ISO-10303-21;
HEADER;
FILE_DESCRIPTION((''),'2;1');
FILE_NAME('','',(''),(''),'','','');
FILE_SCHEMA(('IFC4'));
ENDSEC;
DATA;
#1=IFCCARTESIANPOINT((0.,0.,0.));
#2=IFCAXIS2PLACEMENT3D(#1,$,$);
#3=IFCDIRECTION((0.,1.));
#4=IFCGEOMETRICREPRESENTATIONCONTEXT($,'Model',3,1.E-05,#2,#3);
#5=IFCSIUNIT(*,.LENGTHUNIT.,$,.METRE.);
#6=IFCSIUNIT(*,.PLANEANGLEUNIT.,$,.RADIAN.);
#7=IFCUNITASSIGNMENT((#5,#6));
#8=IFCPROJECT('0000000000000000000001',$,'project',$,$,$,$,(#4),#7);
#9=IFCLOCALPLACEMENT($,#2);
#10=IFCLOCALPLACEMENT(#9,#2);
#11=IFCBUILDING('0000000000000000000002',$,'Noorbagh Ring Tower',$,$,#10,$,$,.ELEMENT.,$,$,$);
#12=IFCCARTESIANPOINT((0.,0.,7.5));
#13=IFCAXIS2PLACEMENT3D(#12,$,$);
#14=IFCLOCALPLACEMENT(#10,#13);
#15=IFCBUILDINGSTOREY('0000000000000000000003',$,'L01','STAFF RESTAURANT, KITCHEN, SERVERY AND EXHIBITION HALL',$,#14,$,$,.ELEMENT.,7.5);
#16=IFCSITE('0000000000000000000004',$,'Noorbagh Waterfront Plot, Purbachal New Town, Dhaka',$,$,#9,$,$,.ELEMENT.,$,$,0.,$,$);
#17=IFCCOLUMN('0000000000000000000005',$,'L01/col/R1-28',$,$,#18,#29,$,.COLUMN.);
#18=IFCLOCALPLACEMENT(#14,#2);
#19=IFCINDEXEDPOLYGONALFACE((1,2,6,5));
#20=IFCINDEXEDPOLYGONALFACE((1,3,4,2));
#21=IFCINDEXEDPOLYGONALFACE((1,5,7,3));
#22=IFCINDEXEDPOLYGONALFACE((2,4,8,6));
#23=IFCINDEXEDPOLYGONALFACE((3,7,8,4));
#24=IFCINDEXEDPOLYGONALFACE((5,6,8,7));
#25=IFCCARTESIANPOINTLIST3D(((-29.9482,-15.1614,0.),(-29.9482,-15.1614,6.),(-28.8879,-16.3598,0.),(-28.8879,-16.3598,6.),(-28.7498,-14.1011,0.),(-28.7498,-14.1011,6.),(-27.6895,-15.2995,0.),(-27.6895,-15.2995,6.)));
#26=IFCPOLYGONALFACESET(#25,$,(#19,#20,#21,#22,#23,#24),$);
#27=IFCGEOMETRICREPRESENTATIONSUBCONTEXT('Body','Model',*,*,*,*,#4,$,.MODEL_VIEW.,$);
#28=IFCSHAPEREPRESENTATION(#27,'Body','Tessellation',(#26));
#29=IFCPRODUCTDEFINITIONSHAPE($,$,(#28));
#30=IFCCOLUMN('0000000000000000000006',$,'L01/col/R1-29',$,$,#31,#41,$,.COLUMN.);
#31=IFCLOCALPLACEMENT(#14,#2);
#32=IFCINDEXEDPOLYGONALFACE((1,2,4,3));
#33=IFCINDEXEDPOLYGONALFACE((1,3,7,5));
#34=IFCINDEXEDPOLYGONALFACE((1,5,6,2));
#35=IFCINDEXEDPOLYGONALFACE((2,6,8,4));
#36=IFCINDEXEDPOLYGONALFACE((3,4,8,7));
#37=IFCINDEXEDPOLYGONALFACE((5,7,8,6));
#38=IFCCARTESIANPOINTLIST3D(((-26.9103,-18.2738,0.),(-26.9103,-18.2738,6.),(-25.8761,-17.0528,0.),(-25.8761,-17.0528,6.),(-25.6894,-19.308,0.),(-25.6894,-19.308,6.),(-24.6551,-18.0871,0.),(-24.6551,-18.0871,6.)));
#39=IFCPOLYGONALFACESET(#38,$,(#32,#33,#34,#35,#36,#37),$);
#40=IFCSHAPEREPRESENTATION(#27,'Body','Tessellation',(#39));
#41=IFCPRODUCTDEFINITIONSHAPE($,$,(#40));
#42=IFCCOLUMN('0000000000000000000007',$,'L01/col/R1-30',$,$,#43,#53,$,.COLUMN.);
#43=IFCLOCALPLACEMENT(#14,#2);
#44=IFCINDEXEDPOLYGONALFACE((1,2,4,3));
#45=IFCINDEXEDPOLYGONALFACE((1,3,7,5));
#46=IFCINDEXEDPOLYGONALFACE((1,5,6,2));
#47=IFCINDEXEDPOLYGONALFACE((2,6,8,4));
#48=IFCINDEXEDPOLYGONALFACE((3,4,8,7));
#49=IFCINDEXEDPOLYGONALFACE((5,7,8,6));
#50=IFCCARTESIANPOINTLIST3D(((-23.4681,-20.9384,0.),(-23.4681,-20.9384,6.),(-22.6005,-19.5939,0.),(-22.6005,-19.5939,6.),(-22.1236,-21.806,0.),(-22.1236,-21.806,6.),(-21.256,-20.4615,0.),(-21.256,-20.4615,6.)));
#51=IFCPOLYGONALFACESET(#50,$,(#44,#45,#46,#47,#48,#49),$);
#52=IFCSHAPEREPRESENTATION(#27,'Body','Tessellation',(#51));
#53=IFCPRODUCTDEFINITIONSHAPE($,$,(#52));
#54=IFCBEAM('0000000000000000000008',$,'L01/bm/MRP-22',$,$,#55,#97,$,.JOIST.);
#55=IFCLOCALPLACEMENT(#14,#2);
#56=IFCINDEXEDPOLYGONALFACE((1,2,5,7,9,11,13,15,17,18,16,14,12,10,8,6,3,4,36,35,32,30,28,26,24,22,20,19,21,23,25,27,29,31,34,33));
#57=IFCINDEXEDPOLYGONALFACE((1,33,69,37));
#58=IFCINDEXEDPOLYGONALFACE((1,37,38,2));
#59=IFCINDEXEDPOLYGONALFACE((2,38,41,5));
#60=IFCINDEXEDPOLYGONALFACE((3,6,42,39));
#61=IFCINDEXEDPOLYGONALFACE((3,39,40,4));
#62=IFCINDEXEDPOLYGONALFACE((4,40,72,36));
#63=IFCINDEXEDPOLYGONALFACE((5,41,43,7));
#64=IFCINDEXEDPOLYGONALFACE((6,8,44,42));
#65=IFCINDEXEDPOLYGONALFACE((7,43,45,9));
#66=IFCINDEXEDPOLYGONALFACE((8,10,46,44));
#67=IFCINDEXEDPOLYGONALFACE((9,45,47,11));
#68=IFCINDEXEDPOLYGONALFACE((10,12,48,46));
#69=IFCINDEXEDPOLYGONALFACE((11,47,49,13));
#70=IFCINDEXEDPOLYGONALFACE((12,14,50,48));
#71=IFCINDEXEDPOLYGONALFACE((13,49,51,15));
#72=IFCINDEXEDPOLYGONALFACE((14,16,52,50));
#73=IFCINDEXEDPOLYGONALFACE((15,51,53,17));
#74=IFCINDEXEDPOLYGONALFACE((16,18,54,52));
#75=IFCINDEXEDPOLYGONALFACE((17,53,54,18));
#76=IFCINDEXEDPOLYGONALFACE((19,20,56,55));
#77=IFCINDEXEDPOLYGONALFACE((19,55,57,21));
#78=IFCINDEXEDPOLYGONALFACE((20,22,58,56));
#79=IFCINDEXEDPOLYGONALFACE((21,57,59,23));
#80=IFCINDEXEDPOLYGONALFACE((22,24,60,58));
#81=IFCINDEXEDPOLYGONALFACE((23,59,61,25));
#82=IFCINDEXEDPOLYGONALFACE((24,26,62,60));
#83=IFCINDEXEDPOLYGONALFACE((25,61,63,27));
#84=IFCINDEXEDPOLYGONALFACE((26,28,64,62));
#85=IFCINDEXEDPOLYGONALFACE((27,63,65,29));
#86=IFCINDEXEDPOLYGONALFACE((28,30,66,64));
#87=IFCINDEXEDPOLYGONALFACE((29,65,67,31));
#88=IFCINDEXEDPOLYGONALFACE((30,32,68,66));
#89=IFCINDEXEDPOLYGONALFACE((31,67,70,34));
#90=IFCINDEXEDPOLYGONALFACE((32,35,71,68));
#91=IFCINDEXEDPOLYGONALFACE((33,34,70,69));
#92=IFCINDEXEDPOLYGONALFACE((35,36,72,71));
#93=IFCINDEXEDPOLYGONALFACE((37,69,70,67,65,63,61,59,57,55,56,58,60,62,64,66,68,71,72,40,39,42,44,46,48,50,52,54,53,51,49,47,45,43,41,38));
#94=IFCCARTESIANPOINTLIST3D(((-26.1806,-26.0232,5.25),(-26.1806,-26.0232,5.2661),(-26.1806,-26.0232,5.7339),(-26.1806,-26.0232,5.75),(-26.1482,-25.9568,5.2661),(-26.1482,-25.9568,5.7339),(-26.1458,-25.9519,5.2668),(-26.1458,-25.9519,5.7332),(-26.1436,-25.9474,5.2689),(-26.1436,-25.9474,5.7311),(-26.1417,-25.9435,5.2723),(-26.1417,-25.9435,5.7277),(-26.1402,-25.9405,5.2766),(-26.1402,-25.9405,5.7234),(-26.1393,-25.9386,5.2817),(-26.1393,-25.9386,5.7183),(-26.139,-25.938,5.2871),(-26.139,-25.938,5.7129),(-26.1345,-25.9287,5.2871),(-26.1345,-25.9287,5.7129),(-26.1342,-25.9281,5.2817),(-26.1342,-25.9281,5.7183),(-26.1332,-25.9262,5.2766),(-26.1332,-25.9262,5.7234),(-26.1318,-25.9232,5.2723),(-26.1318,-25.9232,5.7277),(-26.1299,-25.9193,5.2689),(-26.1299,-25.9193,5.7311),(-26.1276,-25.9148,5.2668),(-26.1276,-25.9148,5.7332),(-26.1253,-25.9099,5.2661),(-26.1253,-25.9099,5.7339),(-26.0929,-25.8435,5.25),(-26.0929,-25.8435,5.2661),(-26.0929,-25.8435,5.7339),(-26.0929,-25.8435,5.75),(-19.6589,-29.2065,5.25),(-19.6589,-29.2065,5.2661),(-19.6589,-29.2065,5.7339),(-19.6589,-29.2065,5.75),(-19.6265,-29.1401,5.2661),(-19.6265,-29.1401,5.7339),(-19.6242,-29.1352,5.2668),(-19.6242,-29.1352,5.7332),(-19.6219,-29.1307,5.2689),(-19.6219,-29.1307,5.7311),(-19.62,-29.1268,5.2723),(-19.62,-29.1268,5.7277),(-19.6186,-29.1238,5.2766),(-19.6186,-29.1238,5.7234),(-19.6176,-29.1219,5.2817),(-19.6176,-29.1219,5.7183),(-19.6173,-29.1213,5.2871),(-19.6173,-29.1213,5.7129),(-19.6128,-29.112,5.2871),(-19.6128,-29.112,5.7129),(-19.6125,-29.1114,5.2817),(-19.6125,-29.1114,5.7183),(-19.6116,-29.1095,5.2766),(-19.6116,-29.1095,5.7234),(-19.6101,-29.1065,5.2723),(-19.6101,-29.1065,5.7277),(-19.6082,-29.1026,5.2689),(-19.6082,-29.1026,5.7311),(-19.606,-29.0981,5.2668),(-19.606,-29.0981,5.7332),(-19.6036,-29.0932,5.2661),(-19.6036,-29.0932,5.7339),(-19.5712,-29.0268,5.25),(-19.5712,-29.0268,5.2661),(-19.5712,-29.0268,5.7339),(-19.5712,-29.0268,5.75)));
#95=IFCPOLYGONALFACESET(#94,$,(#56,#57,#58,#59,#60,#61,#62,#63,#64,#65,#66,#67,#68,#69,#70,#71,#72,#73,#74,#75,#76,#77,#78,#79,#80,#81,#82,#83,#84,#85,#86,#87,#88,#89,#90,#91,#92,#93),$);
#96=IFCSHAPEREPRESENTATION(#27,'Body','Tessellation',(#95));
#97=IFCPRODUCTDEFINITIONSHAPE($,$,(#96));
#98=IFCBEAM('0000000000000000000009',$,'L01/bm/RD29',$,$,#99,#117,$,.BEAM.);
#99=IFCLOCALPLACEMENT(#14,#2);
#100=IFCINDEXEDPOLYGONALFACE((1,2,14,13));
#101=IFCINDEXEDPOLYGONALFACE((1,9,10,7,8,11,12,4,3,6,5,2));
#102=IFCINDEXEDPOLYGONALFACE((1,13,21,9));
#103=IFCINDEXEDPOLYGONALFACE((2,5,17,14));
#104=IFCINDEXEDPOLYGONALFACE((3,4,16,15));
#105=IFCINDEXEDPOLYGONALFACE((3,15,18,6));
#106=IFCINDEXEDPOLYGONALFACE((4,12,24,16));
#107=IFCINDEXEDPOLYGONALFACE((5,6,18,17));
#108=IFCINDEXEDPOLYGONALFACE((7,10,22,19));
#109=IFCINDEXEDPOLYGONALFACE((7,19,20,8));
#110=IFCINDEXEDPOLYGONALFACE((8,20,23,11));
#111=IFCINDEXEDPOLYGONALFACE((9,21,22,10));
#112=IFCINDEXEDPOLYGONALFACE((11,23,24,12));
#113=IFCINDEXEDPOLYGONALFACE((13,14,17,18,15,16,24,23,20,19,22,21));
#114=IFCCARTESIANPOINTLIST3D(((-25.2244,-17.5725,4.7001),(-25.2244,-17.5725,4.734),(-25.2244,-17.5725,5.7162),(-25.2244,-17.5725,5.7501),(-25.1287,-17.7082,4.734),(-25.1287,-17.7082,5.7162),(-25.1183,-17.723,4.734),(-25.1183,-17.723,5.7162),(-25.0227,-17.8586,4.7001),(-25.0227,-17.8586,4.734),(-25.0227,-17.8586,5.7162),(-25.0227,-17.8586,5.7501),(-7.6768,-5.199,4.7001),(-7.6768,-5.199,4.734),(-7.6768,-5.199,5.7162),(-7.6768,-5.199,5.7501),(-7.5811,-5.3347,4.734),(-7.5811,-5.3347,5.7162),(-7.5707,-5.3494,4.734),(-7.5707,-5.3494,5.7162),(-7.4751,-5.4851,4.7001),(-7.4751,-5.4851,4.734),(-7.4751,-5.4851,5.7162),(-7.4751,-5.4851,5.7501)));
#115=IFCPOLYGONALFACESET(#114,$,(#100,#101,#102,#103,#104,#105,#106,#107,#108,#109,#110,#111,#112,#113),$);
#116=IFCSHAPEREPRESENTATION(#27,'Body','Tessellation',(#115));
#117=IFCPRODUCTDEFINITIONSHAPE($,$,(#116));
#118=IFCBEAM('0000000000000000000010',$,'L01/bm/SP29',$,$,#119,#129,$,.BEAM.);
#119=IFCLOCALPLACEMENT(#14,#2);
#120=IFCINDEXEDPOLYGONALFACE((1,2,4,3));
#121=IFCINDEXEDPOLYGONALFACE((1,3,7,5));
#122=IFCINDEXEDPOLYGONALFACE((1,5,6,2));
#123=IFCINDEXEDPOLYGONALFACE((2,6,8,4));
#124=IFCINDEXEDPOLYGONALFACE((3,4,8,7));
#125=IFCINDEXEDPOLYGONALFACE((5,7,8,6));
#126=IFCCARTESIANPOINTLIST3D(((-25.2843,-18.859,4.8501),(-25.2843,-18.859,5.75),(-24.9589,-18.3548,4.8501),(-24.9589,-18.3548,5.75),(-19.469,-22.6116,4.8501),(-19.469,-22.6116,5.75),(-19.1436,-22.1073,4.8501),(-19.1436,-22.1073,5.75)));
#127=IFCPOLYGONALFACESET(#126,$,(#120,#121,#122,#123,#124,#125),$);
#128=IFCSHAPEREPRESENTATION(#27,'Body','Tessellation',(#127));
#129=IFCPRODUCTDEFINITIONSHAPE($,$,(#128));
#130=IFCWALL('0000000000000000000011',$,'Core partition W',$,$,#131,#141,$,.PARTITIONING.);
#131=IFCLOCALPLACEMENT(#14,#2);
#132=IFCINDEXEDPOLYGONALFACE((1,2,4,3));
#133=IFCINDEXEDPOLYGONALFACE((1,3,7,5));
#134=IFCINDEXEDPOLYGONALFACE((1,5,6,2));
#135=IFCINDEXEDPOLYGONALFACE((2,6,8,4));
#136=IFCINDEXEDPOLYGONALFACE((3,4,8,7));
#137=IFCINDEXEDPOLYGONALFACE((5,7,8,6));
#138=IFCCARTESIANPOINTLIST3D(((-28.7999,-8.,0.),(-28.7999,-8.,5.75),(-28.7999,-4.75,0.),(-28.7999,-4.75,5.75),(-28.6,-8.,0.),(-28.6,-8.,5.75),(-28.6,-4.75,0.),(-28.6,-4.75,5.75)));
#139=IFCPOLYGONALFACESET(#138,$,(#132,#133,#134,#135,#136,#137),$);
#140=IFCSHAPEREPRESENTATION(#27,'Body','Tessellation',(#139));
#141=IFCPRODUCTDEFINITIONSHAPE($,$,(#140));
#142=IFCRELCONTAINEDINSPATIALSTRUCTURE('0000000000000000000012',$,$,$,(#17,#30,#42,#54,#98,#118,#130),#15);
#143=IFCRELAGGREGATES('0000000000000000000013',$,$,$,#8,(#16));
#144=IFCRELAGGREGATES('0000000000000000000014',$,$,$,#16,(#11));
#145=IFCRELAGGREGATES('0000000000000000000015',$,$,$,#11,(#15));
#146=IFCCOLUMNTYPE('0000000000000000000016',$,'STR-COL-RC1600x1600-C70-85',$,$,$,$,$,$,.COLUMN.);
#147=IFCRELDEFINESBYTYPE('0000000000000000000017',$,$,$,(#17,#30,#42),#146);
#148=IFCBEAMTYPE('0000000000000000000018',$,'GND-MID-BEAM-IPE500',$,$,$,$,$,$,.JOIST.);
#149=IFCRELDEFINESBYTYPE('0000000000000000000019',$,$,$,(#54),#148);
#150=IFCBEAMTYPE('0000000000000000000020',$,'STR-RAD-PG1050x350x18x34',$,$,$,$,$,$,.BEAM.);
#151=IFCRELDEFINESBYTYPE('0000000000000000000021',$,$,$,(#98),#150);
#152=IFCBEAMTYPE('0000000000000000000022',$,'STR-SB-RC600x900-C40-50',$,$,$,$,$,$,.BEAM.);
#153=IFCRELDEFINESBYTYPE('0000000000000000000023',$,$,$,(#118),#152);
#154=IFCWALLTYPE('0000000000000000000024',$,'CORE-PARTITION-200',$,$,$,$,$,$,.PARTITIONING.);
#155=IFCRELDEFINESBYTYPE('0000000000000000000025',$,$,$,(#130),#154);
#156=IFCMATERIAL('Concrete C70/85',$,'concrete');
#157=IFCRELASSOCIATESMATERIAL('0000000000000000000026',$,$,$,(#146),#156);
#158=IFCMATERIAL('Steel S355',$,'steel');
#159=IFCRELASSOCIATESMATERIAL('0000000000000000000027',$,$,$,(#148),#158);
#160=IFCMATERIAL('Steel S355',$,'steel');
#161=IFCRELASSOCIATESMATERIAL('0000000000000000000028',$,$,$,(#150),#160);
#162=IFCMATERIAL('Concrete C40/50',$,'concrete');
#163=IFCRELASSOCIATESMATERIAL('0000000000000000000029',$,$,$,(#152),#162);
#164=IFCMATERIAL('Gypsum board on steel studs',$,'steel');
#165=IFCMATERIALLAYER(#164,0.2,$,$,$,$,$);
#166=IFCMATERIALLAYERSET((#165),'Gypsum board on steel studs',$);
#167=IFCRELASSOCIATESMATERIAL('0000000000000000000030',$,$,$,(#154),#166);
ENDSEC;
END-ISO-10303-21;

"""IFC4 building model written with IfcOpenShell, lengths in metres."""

from ifc_helpers import new_model, si_unit, direction, frame, frame_2d, origin, origin_2d, place, context, subcontext, project, spatial, rectangle, i_section, extrude, material, layer, layer_set, material_profile, profile_set, type_object, element, save


model = new_model("IFC4")

# Units and contexts
model_context = context("Model", 3, precision=1e-05, world=origin(), true_north=direction((0.0, 1.0)))
body_context = subcontext(model_context, "Body", "Model", "MODEL_VIEW")
ifc_project = project(units=[si_unit("LENGTHUNIT", "METRE"), si_unit("PLANEANGLEUNIT", "RADIAN")], contexts=[model_context])

# Site, building, storey
site_placement = place(None, origin())
site = spatial("IfcSite", under=ifc_project, at=site_placement, Name="Noorbagh Waterfront Plot, Purbachal New Town, Dhaka", CompositionType="ELEMENT", RefElevation=0.0)
building_placement = place(site_placement, origin())
building = spatial("IfcBuilding", under=site, at=building_placement, Name="Noorbagh Ring Tower", CompositionType="ELEMENT")
storey_placement = place(building_placement, frame((0.0, 0.0, 7.5)))
storey = spatial("IfcBuildingStorey", under=building, at=storey_placement, Name="L01", Description="STAFF RESTAURANT, KITCHEN, SERVERY AND EXHIBITION HALL", CompositionType="ELEMENT", Elevation=7.5)

# Columns
ifc_material_1 = material(Name="Concrete C70/85", Category="concrete")
ifc_material_profile_1 = material_profile(ifc_material_1, rectangle(XDim=1.6001, YDim=1.6001, at=origin_2d()), Name="RC1600x1600")
ifc_profile_set_1 = profile_set([ifc_material_profile_1], Name="Concrete C70/85")
column_type = type_object("IfcColumnType", Name="STR-COL-RC1600x1600-C70-85", PredefinedType="COLUMN", material=ifc_profile_set_1)
for number, where, z_axis, x_axis, name in (
    (1, (-28.8188, -15.2305, 0.0), (0.0, 0.0, 1.0), (0.662636, -0.748942, 0.0), "L01/col/R1-28"),
    (2, (-25.7827, -18.1804, 0.0), (0.0, 0.0, 1.0), (0.763035, -0.646357, 0.0), "L01/col/R1-29"),
    (3, (-22.3621, -20.7, 0.0), (0.0, 0.0, 1.0), (0.840248, -0.542203, 0.0), "L01/col/R1-30"),
):
    element("IfcColumn", number, at=place(storey_placement, frame(where, z_axis=z_axis, x_axis=x_axis)), inside=storey, type_object=column_type, Name=name, PredefinedType="COLUMN", context=body_context, shape_type="SweptSolid", body=[
        extrude(rectangle(XDim=1.6001, YDim=1.6001, at=origin_2d()), origin(), (0.0, 0.0, 1.0), 6.0),
    ])

# Beams
ifc_material_2 = material(Name="Steel S355", Category="steel")
ifc_material_profile_2 = material_profile(ifc_material_2, i_section(OverallWidth=0.2, OverallDepth=0.5, WebThickness=0.0103, FlangeThickness=0.0161, FilletRadius=0.021, at=origin_2d()), Name="IPE500")
ifc_profile_set_2 = profile_set([ifc_material_profile_2], Name="Steel S355")
beam_type_1 = type_object("IfcBeamType", Name="GND-MID-BEAM-IPE500", PredefinedType="JOIST", material=ifc_profile_set_2)
beam_1_placement = place(storey_placement, frame((-26.1367, -25.9333, 5.5), z_axis=(0.898659, -0.438648, 0.0), x_axis=(0.438648, 0.898659, 0.0)))
element("IfcBeam", 4, at=beam_1_placement, inside=storey, type_object=beam_type_1, Name="L01/bm/MRP-22", PredefinedType="JOIST", context=body_context, shape_type="SweptSolid", body=[
    extrude(i_section(OverallWidth=0.2, OverallDepth=0.5, WebThickness=0.0103, FlangeThickness=0.0161, FilletRadius=0.021, at=origin_2d()), origin(), (0.0, 0.0, 1.0), 7.2571),
])
ifc_material_3 = material(Name="Steel S355", Category="steel")
ifc_material_profile_3 = material_profile(ifc_material_3, i_section(OverallWidth=0.3501, OverallDepth=1.05, WebThickness=0.0181, FlangeThickness=0.0339, at=origin_2d()), Name="PG1050x350x18x34")
ifc_profile_set_3 = profile_set([ifc_material_profile_3], Name="Steel S355")
beam_type_2 = type_object("IfcBeamType", Name="STR-RAD-PG1050x350x18x34", PredefinedType="BEAM", material=ifc_profile_set_3)
beam_2_placement = place(storey_placement, frame((-25.1235, -17.7156, 5.2251), z_axis=(0.817253, 0.576279, 0.0), x_axis=(-0.576279, 0.817253, 0.0)))
element("IfcBeam", 5, at=beam_2_placement, inside=storey, type_object=beam_type_2, Name="L01/bm/RD29", PredefinedType="BEAM", context=body_context, shape_type="SweptSolid", body=[
    extrude(i_section(OverallWidth=0.3501, OverallDepth=1.05, WebThickness=0.0181, FlangeThickness=0.0339, at=origin_2d()), origin(), (0.0, 0.0, 1.0), 21.4714),
])
ifc_material_4 = material(Name="Concrete C40/50", Category="concrete")
ifc_material_profile_4 = material_profile(ifc_material_4, rectangle(XDim=0.6001, YDim=0.8999, at=origin_2d()), Name="RC600x900")
ifc_profile_set_4 = profile_set([ifc_material_profile_4], Name="Concrete C40/50")
beam_type_3 = type_object("IfcBeamType", Name="STR-SB-RC600x900-C40-50", PredefinedType="BEAM", material=ifc_profile_set_4)
beam_3_placement = place(storey_placement, frame((-25.1216, -18.6069, 5.3), z_axis=(0.84025, -0.542199, 0.0), x_axis=(0.542199, 0.84025, 0.0)))
element("IfcBeam", 6, at=beam_3_placement, inside=storey, type_object=beam_type_3, Name="L01/bm/SP29", PredefinedType="BEAM", context=body_context, shape_type="SweptSolid", body=[
    extrude(rectangle(XDim=0.6001, YDim=0.8999, at=origin_2d()), origin(), (0.0, 0.0, 1.0), 6.9209),
])

# Wall
ifc_material_5 = material(Name="Gypsum board on steel studs", Category="steel")
ifc_layer_1 = layer(ifc_material_5, 0.2)
ifc_layer_set_1 = layer_set([ifc_layer_1], Name="Gypsum board on steel studs")
wall_type_1 = type_object("IfcWallType", Name="CORE-PARTITION-200", PredefinedType="PARTITIONING", material=ifc_layer_set_1)
wall_1_placement = place(storey_placement, frame((-28.7, -8.0, 0.0), z_axis=(0.0, 0.0, 1.0), x_axis=(0.0, 1.0, 0.0)))
element("IfcWall", 7, at=wall_1_placement, inside=storey, type_object=wall_type_1, Name="Core partition W", PredefinedType="PARTITIONING", context=body_context, shape_type="SweptSolid", body=[
    extrude(rectangle(XDim=3.25, YDim=0.2, at=frame_2d((1.625, 0.0))), origin(), (0.0, 0.0, 1.0), 5.75),
])

save(model, "model.ifc")
